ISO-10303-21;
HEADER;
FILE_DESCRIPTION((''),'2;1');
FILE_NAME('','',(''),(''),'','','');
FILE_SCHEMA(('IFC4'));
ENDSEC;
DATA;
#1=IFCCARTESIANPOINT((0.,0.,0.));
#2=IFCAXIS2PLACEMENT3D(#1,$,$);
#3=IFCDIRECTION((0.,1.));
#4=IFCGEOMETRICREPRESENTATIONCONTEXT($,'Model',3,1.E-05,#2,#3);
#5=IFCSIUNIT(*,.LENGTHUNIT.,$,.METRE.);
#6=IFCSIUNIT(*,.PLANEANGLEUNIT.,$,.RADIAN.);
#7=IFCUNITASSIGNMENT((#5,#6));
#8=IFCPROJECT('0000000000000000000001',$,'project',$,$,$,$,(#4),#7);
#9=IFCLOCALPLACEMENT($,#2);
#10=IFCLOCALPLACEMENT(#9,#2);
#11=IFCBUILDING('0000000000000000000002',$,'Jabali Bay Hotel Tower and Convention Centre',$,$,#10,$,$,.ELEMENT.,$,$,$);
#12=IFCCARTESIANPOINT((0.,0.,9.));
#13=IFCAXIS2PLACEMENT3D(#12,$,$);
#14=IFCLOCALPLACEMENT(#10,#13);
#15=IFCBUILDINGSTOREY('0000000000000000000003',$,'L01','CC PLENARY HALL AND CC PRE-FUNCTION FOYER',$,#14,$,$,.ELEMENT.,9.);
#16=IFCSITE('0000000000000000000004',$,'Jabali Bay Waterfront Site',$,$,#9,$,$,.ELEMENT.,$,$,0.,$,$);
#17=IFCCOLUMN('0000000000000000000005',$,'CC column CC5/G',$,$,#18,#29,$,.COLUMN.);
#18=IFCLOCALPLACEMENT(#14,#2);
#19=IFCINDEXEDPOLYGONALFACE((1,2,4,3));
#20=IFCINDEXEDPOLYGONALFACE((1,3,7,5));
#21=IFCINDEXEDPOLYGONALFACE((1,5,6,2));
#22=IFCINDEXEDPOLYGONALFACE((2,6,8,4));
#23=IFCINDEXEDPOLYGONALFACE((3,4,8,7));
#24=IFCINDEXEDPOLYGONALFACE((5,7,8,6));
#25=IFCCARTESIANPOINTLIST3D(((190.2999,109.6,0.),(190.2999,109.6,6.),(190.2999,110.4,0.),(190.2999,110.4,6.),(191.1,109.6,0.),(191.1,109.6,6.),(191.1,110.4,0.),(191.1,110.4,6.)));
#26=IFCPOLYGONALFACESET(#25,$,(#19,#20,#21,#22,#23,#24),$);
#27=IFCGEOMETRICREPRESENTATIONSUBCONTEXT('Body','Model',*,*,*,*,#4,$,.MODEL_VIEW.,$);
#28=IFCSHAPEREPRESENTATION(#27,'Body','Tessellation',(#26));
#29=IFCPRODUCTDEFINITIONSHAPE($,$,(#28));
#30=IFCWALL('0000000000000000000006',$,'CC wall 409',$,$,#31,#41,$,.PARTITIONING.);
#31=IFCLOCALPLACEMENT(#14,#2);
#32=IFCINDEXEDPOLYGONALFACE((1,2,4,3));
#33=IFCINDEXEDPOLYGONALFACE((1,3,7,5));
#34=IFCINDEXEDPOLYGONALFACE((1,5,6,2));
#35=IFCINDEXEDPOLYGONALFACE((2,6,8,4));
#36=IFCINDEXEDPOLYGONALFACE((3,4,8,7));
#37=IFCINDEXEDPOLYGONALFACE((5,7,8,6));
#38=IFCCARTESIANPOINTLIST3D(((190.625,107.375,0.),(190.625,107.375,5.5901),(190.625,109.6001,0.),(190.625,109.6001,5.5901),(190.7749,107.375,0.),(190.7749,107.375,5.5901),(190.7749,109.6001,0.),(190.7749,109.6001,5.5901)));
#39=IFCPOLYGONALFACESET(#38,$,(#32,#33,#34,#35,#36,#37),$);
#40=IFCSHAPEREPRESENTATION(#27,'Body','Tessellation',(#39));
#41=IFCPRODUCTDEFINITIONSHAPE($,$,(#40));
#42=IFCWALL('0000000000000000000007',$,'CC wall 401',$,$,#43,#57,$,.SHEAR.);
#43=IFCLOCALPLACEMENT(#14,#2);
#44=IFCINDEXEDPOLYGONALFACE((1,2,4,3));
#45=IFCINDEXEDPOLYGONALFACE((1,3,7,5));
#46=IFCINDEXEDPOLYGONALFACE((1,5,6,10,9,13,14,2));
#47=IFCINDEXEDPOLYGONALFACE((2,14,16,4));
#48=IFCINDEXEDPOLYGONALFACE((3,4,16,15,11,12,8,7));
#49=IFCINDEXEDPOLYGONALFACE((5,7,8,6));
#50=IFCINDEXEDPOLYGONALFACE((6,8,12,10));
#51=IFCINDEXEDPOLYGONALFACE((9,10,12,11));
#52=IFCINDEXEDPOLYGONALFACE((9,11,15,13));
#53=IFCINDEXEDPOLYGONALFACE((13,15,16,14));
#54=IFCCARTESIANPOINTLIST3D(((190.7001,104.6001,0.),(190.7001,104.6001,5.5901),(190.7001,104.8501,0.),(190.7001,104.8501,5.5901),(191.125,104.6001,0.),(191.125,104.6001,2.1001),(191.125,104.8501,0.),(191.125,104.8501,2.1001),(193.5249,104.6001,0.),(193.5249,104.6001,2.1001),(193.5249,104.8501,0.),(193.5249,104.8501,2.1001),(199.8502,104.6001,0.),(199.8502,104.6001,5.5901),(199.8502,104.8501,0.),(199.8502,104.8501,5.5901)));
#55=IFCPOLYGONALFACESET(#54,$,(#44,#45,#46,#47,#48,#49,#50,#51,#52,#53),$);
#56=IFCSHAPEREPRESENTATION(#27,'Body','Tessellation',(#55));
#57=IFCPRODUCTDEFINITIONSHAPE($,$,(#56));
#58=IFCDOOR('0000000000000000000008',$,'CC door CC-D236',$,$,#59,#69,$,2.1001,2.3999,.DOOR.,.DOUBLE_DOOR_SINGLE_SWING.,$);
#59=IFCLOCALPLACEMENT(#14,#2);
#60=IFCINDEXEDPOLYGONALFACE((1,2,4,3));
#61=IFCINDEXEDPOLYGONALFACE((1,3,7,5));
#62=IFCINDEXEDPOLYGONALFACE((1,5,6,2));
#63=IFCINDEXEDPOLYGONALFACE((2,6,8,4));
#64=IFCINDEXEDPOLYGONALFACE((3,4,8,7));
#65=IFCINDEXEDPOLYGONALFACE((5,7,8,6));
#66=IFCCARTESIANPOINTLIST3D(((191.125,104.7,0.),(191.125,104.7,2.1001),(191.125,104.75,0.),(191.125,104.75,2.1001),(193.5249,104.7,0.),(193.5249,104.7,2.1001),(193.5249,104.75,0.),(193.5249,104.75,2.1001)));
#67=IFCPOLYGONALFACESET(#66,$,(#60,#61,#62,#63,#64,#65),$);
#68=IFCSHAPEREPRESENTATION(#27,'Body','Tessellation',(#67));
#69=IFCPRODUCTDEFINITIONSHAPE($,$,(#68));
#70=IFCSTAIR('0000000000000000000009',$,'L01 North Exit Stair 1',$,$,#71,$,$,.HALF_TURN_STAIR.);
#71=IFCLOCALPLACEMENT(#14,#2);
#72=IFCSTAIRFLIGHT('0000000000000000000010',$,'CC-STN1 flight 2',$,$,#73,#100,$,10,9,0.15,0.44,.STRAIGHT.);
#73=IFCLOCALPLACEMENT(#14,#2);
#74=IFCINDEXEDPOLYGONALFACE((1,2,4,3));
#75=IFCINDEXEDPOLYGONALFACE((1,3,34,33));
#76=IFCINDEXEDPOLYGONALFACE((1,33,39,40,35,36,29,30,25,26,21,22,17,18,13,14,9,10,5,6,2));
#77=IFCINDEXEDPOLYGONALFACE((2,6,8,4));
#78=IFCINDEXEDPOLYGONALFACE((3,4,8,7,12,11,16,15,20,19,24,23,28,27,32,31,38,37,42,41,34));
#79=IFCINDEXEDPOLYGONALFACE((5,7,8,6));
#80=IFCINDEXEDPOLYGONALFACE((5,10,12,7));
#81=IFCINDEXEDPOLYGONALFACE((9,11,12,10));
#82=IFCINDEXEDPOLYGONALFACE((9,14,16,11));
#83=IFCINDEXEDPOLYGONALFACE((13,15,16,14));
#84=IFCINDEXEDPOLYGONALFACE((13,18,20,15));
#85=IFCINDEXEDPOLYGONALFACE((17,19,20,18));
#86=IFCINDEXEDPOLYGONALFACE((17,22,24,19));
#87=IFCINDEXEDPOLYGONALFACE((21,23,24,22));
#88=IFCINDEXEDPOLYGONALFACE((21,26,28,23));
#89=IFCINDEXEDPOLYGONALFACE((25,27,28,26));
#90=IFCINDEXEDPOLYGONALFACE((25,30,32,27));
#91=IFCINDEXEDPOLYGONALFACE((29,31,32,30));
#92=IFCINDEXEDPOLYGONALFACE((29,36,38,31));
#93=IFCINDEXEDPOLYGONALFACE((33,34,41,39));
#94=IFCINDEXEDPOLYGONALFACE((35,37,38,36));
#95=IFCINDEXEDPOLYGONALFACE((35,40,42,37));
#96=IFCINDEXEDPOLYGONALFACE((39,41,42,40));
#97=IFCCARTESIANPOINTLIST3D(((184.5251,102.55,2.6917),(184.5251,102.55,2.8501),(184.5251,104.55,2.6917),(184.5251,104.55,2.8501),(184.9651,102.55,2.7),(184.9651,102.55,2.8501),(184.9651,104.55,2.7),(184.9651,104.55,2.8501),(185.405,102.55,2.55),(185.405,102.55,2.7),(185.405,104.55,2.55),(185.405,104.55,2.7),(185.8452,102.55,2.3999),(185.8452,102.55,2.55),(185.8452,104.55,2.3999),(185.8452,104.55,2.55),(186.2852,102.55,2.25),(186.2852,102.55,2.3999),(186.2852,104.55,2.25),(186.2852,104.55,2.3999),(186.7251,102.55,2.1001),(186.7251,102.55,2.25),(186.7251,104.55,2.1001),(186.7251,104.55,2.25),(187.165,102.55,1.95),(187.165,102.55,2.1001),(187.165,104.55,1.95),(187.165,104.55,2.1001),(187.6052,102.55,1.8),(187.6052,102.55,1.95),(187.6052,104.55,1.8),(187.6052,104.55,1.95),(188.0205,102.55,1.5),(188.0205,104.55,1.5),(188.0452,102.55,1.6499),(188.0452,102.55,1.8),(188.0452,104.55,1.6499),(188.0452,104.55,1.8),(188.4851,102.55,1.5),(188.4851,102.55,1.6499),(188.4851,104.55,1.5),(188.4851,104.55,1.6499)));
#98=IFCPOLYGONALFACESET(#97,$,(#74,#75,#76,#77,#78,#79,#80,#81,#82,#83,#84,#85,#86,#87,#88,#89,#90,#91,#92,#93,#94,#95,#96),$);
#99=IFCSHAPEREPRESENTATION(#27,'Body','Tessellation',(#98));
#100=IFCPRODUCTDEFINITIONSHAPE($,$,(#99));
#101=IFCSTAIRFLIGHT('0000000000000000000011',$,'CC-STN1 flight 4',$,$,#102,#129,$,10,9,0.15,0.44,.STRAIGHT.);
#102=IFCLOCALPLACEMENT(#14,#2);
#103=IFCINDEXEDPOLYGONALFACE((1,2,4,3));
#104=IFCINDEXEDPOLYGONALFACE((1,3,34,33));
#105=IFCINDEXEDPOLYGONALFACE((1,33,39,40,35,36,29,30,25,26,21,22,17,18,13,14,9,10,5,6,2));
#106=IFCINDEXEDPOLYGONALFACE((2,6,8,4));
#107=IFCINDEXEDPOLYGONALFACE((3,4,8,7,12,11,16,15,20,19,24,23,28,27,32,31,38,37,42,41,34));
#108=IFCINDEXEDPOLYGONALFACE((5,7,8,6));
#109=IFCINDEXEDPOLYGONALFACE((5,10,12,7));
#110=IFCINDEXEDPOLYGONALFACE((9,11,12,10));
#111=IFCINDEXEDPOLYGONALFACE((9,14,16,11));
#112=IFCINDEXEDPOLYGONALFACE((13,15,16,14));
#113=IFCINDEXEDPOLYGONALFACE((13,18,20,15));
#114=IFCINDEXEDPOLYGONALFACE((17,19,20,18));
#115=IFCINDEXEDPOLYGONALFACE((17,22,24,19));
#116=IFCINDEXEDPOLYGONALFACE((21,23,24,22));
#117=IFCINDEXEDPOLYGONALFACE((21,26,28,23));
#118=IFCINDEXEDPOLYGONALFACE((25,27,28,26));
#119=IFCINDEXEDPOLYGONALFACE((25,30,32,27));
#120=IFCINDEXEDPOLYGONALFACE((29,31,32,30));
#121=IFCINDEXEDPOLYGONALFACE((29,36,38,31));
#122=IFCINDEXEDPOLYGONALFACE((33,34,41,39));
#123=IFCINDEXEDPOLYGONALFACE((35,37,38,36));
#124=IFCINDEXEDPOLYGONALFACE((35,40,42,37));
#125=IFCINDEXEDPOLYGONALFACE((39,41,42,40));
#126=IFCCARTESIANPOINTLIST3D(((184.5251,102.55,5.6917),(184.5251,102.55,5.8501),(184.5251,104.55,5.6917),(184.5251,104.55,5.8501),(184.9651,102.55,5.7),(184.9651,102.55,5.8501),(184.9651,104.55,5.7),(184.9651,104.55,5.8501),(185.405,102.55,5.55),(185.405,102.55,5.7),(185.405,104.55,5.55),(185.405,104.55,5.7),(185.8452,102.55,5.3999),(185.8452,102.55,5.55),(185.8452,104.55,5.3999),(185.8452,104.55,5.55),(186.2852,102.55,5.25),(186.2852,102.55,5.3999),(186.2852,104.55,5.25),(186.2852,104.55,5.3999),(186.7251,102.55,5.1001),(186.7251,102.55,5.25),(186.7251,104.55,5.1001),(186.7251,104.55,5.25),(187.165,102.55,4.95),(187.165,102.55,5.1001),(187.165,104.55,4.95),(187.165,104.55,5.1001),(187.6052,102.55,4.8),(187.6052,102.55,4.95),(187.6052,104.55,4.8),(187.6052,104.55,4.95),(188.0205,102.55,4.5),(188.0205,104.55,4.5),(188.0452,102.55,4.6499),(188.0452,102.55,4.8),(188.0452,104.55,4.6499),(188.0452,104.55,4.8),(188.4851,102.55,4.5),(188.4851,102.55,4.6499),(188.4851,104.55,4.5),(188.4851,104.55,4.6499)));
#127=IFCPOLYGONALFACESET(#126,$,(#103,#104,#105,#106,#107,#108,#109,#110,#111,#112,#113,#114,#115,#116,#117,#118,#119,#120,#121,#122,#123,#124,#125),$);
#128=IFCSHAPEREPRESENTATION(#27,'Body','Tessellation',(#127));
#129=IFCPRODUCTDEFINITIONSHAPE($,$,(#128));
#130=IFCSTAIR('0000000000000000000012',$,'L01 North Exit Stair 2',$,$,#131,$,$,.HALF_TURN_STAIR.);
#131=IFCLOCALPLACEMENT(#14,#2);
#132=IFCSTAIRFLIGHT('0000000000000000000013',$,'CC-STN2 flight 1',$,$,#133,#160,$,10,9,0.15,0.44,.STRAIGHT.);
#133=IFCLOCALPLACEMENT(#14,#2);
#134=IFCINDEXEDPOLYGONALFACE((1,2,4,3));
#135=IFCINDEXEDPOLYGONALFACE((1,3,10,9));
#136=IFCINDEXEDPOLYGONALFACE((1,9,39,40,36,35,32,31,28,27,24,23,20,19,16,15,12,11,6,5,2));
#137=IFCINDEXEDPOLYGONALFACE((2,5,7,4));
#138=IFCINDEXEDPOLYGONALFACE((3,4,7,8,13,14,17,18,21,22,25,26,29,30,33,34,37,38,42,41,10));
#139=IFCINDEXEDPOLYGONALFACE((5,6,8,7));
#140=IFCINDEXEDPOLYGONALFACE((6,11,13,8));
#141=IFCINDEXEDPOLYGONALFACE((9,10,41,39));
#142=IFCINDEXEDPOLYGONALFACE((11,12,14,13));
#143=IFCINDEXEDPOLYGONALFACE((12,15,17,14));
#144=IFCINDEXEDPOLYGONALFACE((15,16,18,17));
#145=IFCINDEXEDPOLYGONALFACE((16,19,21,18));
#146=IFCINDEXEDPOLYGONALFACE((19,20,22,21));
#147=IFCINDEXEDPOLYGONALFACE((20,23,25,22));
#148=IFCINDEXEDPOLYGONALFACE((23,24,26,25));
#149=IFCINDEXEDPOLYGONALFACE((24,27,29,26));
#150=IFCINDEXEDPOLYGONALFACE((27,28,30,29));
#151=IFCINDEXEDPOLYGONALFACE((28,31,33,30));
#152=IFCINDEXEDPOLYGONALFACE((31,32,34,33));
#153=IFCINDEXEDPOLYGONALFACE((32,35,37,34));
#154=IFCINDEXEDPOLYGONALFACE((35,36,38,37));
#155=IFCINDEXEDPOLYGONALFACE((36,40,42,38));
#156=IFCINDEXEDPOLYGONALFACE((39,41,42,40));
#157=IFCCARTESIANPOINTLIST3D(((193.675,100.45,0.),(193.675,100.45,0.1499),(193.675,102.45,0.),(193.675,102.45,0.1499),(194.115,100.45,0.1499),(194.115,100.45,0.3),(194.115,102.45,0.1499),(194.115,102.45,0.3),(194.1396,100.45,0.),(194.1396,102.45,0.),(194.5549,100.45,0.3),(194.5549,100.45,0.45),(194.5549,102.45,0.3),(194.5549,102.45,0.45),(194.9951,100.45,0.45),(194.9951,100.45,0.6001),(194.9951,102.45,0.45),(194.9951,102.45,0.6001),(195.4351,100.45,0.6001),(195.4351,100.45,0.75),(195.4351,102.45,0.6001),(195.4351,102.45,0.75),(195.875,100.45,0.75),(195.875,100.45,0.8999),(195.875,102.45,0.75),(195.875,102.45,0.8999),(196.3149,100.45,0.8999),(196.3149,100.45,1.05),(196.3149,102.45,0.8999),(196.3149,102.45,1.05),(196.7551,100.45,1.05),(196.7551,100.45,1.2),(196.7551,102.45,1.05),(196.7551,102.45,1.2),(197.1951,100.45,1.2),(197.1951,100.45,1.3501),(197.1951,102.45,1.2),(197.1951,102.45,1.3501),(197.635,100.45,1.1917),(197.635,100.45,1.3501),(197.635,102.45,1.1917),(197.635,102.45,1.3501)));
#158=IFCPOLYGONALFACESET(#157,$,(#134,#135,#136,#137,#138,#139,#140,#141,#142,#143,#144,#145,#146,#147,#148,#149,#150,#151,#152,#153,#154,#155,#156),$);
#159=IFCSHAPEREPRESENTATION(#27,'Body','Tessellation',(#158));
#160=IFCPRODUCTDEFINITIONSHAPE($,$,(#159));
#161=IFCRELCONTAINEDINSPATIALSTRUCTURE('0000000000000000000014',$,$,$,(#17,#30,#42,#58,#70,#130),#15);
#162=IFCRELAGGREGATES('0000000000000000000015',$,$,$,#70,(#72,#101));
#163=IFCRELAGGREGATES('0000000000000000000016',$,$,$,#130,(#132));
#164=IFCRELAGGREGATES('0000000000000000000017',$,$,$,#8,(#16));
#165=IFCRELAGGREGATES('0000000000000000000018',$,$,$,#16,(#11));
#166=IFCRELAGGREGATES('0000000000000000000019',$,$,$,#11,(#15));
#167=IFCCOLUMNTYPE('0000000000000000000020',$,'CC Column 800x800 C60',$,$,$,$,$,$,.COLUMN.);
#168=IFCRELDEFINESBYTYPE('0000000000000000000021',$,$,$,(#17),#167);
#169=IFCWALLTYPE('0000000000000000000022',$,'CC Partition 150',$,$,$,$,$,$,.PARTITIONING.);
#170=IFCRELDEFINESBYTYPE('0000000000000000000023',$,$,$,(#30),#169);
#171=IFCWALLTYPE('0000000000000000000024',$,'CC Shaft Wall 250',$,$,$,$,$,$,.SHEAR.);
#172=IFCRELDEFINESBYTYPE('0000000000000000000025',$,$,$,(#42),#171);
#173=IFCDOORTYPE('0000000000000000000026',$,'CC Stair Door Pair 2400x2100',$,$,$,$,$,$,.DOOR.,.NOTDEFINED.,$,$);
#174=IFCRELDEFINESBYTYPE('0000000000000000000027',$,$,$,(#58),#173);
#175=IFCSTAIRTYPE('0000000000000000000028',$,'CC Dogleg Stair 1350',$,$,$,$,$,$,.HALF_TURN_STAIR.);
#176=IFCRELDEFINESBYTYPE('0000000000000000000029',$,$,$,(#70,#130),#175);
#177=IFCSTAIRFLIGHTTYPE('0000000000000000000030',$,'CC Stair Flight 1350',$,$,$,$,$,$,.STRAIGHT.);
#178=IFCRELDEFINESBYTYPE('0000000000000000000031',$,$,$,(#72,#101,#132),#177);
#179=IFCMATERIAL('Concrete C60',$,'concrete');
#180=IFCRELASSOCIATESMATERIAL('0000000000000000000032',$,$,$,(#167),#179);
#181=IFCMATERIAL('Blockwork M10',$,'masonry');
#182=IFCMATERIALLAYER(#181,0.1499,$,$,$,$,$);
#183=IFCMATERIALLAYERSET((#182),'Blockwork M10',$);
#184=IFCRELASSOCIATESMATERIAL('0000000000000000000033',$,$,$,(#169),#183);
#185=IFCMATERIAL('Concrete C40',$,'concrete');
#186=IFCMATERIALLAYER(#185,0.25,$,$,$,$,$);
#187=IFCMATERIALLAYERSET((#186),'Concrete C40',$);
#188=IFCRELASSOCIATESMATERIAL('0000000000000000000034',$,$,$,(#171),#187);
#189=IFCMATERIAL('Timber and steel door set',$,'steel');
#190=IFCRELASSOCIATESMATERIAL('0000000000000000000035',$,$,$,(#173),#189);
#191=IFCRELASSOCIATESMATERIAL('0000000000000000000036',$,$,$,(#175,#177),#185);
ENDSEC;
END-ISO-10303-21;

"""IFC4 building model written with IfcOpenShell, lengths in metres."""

from ifc_helpers import new_model, si_unit, direction, frame, frame_2d, origin, origin_2d, place, context, subcontext, project, spatial, polyline, rectangle, outline, extrude, material, layer, layer_set, material_profile, profile_set, type_object, element, fill, aggregate, save


model = new_model("IFC4")

# Units and contexts
model_context = context("Model", 3, precision=1e-05, world=origin(), true_north=direction((0.0, 1.0)))
body_context = subcontext(model_context, "Body", "Model", "MODEL_VIEW")
ifc_project = project(units=[si_unit("LENGTHUNIT", "METRE"), si_unit("PLANEANGLEUNIT", "RADIAN")], contexts=[model_context])

# Site, building, storey
site_placement = place(None, origin())
site = spatial("IfcSite", under=ifc_project, at=site_placement, Name="Jabali Bay Waterfront Site", CompositionType="ELEMENT", RefElevation=0.0)
building_placement = place(site_placement, origin())
building = spatial("IfcBuilding", under=site, at=building_placement, Name="Jabali Bay Hotel Tower and Convention Centre", CompositionType="ELEMENT")
storey_placement = place(building_placement, frame((0.0, 0.0, 9.0)))
storey = spatial("IfcBuildingStorey", under=building, at=storey_placement, Name="L01", Description="CC PLENARY HALL AND CC PRE-FUNCTION FOYER", CompositionType="ELEMENT", Elevation=9.0)

# Column
ifc_material_1 = material(Name="Concrete C60", Category="concrete")
ifc_material_profile = material_profile(ifc_material_1, rectangle(XDim=0.8, YDim=0.8, at=origin_2d()), Name="RC 800x800")
ifc_profile_set = profile_set([ifc_material_profile], Name="Concrete C60")
column_type = type_object("IfcColumnType", Name="CC Column 800x800 C60", PredefinedType="COLUMN", material=ifc_profile_set)
column_placement = place(storey_placement, frame((190.7, 110.0, 0.0), z_axis=(0.0, 0.0, 1.0), x_axis=(1.0, 0.0, 0.0)))
element("IfcColumn", 1, at=column_placement, inside=storey, type_object=column_type, Name="CC column CC5/G", PredefinedType="COLUMN", context=body_context, shape_type="SweptSolid", body=[
    extrude(rectangle(XDim=0.8, YDim=0.8, at=origin_2d()), origin(), (0.0, 0.0, 1.0), 6.0),
])

# Wall
ifc_material_2 = material(Name="Blockwork M10", Category="masonry")
ifc_layer_1 = layer(ifc_material_2, 0.1499)
ifc_layer_set_1 = layer_set([ifc_layer_1], Name="Blockwork M10")
wall_type_1 = type_object("IfcWallType", Name="CC Partition 150", PredefinedType="PARTITIONING", material=ifc_layer_set_1)
wall_1_placement = place(storey_placement, frame((190.7, 107.375, 0.0), z_axis=(0.0, 0.0, 1.0), x_axis=(0.0, 1.0, 0.0)))
element("IfcWall", 2, at=wall_1_placement, inside=storey, type_object=wall_type_1, Name="CC wall 409", PredefinedType="PARTITIONING", context=body_context, shape_type="SweptSolid", body=[
    extrude(rectangle(XDim=2.2251, YDim=0.1499, at=frame_2d((1.1125, 0.0))), origin(), (0.0, 0.0, 1.0), 5.5901),
])

# Wall, opening, door
ifc_material_3 = material(Name="Concrete C40", Category="concrete")
ifc_layer_2 = layer(ifc_material_3, 0.25)
ifc_layer_set_2 = layer_set([ifc_layer_2], Name="Concrete C40")
wall_type_2 = type_object("IfcWallType", Name="CC Shaft Wall 250", PredefinedType="SHEAR", material=ifc_layer_set_2)
wall_2_placement = place(storey_placement, frame((190.7, 104.7251, 0.0), z_axis=(0.0, 0.0, 1.0), x_axis=(1.0, 0.0, 0.0)))
wall_2 = element("IfcWall", 3, at=wall_2_placement, inside=storey, type_object=wall_type_2, Name="CC wall 401", PredefinedType="SHEAR", context=body_context, shape_type="SweptSolid", body=[
    extrude(rectangle(XDim=9.1501, YDim=0.25, at=frame_2d((4.5752, 0.0))), origin(), (0.0, 0.0, 1.0), 5.5901),
])
opening_placement = place(wall_2_placement, frame((0.425, 0.0, 0.0)))
opening = element("IfcOpeningElement", 4, at=opening_placement, cuts=wall_2, PredefinedType="OPENING", context=body_context, shape_type="SweptSolid", body=[
    extrude(rectangle(XDim=2.3999, YDim=2.1001, at=frame_2d((1.2, 1.05))), frame((0.0, 0.1355, 0.0), z_axis=(0.0, -1.0, 0.0), x_axis=(1.0, 0.0, 0.0)), (0.0, 0.0, 1.0), 0.271),
])
ifc_material_4 = material(Name="Timber and steel door set", Category="steel")
door_type = type_object("IfcDoorType", Name="CC Stair Door Pair 2400x2100", OperationType="NOTDEFINED", PredefinedType="DOOR", material=ifc_material_4)
door_placement = place(opening_placement, origin())
door = element("IfcDoor", 5, at=door_placement, inside=storey, type_object=door_type, Name="CC door CC-D236", OperationType="DOUBLE_DOOR_SINGLE_SWING", OverallHeight=2.1001, OverallWidth=2.3999, PredefinedType="DOOR", context=body_context, shape_type="SweptSolid", body=[
    extrude(rectangle(XDim=2.3999, YDim=2.1001, at=frame_2d((1.2, 1.05))), frame((0.0, 0.0249, 0.0), z_axis=(0.0, -1.0, 0.0), x_axis=(1.0, 0.0, 0.0)), (0.0, 0.0, 1.0), 0.05),
])
fill(opening, door)

# Stairs, stair flights
stair_type = type_object("IfcStairType", Name="CC Dogleg Stair 1350", PredefinedType="HALF_TURN_STAIR", material=ifc_material_3)
stair_1_placement = place(storey_placement, origin())
stair_1 = element("IfcStair", 6, at=stair_1_placement, inside=storey, type_object=stair_type, Name="L01 North Exit Stair 1", PredefinedType="HALF_TURN_STAIR")
stair_flight_type = type_object("IfcStairFlightType", Name="CC Stair Flight 1350", PredefinedType="STRAIGHT", material=ifc_material_3)
stair_flight_1_placement = place(storey_placement, frame((188.4851, 103.55, 1.5), z_axis=(0.0, 0.0, 1.0), x_axis=(-1.0, 0.0, 0.0)))
stair_flight_1 = element("IfcStairFlight", 7, at=stair_flight_1_placement, type_object=stair_flight_type, Name="CC-STN1 flight 2", NumberOfRisers=10, NumberOfTreads=9, PredefinedType="STRAIGHT", RiserHeight=0.15, TreadLength=0.44, context=body_context, shape_type="SweptSolid", body=[
    extrude(outline(polyline([(0.0, 0.0), (0.0, 0.1499), (0.4399, 0.1499), (0.4399, 0.3), (0.8799, 0.3), (0.8799, 0.45), (1.3201, 0.45), (1.3201, 0.6001), (1.76, 0.6001), (1.76, 0.75), (2.2, 0.75), (2.2, 0.8999), (2.6399, 0.8999), (2.6399, 1.05), (3.0801, 1.05), (3.0801, 1.2), (3.52, 1.2), (3.52, 1.3501), (3.96, 1.3501), (3.96, 1.5), (3.96, 1.1917), (0.4646, 0.0), (0.0, 0.0)])), frame((0.0, 1.0, 0.0), z_axis=(0.0, -1.0, 0.0), x_axis=(1.0, 0.0, 0.0)), (0.0, 0.0, 1.0), 2.0),
])
stair_flight_2_placement = place(storey_placement, frame((188.4851, 103.55, 4.5), z_axis=(0.0, 0.0, 1.0), x_axis=(-1.0, 0.0, 0.0)))
stair_flight_2 = element("IfcStairFlight", 8, at=stair_flight_2_placement, type_object=stair_flight_type, Name="CC-STN1 flight 4", NumberOfRisers=10, NumberOfTreads=9, PredefinedType="STRAIGHT", RiserHeight=0.15, TreadLength=0.44, context=body_context, shape_type="SweptSolid", body=[
    extrude(outline(polyline([(0.0, 0.0), (0.0, 0.1499), (0.4399, 0.1499), (0.4399, 0.3), (0.8799, 0.3), (0.8799, 0.45), (1.3201, 0.45), (1.3201, 0.6001), (1.76, 0.6001), (1.76, 0.75), (2.2, 0.75), (2.2, 0.8999), (2.6399, 0.8999), (2.6399, 1.05), (3.0801, 1.05), (3.0801, 1.2), (3.52, 1.2), (3.52, 1.3501), (3.96, 1.3501), (3.96, 1.5), (3.96, 1.1917), (0.4646, 0.0), (0.0, 0.0)])), frame((0.0, 1.0, 0.0), z_axis=(0.0, -1.0, 0.0), x_axis=(1.0, 0.0, 0.0)), (0.0, 0.0, 1.0), 2.0),
])
aggregate(stair_1, [stair_flight_1, stair_flight_2])
stair_2_placement = place(storey_placement, origin())
stair_2 = element("IfcStair", 9, at=stair_2_placement, inside=storey, type_object=stair_type, Name="L01 North Exit Stair 2", PredefinedType="HALF_TURN_STAIR")
stair_flight_3_placement = place(storey_placement, frame((193.675, 101.45, 0.0), z_axis=(0.0, 0.0, 1.0), x_axis=(1.0, 0.0, 0.0)))
stair_flight_3 = element("IfcStairFlight", 10, at=stair_flight_3_placement, type_object=stair_flight_type, Name="CC-STN2 flight 1", NumberOfRisers=10, NumberOfTreads=9, PredefinedType="STRAIGHT", RiserHeight=0.15, TreadLength=0.44, context=body_context, shape_type="SweptSolid", body=[
    extrude(outline(polyline([(0.0, 0.0), (0.0, 0.1499), (0.4399, 0.1499), (0.4399, 0.3), (0.8799, 0.3), (0.8799, 0.45), (1.3201, 0.45), (1.3201, 0.6001), (1.76, 0.6001), (1.76, 0.75), (2.2, 0.75), (2.2, 0.8999), (2.6399, 0.8999), (2.6399, 1.05), (3.0801, 1.05), (3.0801, 1.2), (3.52, 1.2), (3.52, 1.3501), (3.96, 1.3501), (3.96, 1.5), (3.96, 1.1917), (0.4646, 0.0), (0.0, 0.0)])), frame((0.0, 1.0, 0.0), z_axis=(0.0, -1.0, 0.0), x_axis=(1.0, 0.0, 0.0)), (0.0, 0.0, 1.0), 2.0),
])
aggregate(stair_2, [stair_flight_3])

save(model, "model.ifc")
